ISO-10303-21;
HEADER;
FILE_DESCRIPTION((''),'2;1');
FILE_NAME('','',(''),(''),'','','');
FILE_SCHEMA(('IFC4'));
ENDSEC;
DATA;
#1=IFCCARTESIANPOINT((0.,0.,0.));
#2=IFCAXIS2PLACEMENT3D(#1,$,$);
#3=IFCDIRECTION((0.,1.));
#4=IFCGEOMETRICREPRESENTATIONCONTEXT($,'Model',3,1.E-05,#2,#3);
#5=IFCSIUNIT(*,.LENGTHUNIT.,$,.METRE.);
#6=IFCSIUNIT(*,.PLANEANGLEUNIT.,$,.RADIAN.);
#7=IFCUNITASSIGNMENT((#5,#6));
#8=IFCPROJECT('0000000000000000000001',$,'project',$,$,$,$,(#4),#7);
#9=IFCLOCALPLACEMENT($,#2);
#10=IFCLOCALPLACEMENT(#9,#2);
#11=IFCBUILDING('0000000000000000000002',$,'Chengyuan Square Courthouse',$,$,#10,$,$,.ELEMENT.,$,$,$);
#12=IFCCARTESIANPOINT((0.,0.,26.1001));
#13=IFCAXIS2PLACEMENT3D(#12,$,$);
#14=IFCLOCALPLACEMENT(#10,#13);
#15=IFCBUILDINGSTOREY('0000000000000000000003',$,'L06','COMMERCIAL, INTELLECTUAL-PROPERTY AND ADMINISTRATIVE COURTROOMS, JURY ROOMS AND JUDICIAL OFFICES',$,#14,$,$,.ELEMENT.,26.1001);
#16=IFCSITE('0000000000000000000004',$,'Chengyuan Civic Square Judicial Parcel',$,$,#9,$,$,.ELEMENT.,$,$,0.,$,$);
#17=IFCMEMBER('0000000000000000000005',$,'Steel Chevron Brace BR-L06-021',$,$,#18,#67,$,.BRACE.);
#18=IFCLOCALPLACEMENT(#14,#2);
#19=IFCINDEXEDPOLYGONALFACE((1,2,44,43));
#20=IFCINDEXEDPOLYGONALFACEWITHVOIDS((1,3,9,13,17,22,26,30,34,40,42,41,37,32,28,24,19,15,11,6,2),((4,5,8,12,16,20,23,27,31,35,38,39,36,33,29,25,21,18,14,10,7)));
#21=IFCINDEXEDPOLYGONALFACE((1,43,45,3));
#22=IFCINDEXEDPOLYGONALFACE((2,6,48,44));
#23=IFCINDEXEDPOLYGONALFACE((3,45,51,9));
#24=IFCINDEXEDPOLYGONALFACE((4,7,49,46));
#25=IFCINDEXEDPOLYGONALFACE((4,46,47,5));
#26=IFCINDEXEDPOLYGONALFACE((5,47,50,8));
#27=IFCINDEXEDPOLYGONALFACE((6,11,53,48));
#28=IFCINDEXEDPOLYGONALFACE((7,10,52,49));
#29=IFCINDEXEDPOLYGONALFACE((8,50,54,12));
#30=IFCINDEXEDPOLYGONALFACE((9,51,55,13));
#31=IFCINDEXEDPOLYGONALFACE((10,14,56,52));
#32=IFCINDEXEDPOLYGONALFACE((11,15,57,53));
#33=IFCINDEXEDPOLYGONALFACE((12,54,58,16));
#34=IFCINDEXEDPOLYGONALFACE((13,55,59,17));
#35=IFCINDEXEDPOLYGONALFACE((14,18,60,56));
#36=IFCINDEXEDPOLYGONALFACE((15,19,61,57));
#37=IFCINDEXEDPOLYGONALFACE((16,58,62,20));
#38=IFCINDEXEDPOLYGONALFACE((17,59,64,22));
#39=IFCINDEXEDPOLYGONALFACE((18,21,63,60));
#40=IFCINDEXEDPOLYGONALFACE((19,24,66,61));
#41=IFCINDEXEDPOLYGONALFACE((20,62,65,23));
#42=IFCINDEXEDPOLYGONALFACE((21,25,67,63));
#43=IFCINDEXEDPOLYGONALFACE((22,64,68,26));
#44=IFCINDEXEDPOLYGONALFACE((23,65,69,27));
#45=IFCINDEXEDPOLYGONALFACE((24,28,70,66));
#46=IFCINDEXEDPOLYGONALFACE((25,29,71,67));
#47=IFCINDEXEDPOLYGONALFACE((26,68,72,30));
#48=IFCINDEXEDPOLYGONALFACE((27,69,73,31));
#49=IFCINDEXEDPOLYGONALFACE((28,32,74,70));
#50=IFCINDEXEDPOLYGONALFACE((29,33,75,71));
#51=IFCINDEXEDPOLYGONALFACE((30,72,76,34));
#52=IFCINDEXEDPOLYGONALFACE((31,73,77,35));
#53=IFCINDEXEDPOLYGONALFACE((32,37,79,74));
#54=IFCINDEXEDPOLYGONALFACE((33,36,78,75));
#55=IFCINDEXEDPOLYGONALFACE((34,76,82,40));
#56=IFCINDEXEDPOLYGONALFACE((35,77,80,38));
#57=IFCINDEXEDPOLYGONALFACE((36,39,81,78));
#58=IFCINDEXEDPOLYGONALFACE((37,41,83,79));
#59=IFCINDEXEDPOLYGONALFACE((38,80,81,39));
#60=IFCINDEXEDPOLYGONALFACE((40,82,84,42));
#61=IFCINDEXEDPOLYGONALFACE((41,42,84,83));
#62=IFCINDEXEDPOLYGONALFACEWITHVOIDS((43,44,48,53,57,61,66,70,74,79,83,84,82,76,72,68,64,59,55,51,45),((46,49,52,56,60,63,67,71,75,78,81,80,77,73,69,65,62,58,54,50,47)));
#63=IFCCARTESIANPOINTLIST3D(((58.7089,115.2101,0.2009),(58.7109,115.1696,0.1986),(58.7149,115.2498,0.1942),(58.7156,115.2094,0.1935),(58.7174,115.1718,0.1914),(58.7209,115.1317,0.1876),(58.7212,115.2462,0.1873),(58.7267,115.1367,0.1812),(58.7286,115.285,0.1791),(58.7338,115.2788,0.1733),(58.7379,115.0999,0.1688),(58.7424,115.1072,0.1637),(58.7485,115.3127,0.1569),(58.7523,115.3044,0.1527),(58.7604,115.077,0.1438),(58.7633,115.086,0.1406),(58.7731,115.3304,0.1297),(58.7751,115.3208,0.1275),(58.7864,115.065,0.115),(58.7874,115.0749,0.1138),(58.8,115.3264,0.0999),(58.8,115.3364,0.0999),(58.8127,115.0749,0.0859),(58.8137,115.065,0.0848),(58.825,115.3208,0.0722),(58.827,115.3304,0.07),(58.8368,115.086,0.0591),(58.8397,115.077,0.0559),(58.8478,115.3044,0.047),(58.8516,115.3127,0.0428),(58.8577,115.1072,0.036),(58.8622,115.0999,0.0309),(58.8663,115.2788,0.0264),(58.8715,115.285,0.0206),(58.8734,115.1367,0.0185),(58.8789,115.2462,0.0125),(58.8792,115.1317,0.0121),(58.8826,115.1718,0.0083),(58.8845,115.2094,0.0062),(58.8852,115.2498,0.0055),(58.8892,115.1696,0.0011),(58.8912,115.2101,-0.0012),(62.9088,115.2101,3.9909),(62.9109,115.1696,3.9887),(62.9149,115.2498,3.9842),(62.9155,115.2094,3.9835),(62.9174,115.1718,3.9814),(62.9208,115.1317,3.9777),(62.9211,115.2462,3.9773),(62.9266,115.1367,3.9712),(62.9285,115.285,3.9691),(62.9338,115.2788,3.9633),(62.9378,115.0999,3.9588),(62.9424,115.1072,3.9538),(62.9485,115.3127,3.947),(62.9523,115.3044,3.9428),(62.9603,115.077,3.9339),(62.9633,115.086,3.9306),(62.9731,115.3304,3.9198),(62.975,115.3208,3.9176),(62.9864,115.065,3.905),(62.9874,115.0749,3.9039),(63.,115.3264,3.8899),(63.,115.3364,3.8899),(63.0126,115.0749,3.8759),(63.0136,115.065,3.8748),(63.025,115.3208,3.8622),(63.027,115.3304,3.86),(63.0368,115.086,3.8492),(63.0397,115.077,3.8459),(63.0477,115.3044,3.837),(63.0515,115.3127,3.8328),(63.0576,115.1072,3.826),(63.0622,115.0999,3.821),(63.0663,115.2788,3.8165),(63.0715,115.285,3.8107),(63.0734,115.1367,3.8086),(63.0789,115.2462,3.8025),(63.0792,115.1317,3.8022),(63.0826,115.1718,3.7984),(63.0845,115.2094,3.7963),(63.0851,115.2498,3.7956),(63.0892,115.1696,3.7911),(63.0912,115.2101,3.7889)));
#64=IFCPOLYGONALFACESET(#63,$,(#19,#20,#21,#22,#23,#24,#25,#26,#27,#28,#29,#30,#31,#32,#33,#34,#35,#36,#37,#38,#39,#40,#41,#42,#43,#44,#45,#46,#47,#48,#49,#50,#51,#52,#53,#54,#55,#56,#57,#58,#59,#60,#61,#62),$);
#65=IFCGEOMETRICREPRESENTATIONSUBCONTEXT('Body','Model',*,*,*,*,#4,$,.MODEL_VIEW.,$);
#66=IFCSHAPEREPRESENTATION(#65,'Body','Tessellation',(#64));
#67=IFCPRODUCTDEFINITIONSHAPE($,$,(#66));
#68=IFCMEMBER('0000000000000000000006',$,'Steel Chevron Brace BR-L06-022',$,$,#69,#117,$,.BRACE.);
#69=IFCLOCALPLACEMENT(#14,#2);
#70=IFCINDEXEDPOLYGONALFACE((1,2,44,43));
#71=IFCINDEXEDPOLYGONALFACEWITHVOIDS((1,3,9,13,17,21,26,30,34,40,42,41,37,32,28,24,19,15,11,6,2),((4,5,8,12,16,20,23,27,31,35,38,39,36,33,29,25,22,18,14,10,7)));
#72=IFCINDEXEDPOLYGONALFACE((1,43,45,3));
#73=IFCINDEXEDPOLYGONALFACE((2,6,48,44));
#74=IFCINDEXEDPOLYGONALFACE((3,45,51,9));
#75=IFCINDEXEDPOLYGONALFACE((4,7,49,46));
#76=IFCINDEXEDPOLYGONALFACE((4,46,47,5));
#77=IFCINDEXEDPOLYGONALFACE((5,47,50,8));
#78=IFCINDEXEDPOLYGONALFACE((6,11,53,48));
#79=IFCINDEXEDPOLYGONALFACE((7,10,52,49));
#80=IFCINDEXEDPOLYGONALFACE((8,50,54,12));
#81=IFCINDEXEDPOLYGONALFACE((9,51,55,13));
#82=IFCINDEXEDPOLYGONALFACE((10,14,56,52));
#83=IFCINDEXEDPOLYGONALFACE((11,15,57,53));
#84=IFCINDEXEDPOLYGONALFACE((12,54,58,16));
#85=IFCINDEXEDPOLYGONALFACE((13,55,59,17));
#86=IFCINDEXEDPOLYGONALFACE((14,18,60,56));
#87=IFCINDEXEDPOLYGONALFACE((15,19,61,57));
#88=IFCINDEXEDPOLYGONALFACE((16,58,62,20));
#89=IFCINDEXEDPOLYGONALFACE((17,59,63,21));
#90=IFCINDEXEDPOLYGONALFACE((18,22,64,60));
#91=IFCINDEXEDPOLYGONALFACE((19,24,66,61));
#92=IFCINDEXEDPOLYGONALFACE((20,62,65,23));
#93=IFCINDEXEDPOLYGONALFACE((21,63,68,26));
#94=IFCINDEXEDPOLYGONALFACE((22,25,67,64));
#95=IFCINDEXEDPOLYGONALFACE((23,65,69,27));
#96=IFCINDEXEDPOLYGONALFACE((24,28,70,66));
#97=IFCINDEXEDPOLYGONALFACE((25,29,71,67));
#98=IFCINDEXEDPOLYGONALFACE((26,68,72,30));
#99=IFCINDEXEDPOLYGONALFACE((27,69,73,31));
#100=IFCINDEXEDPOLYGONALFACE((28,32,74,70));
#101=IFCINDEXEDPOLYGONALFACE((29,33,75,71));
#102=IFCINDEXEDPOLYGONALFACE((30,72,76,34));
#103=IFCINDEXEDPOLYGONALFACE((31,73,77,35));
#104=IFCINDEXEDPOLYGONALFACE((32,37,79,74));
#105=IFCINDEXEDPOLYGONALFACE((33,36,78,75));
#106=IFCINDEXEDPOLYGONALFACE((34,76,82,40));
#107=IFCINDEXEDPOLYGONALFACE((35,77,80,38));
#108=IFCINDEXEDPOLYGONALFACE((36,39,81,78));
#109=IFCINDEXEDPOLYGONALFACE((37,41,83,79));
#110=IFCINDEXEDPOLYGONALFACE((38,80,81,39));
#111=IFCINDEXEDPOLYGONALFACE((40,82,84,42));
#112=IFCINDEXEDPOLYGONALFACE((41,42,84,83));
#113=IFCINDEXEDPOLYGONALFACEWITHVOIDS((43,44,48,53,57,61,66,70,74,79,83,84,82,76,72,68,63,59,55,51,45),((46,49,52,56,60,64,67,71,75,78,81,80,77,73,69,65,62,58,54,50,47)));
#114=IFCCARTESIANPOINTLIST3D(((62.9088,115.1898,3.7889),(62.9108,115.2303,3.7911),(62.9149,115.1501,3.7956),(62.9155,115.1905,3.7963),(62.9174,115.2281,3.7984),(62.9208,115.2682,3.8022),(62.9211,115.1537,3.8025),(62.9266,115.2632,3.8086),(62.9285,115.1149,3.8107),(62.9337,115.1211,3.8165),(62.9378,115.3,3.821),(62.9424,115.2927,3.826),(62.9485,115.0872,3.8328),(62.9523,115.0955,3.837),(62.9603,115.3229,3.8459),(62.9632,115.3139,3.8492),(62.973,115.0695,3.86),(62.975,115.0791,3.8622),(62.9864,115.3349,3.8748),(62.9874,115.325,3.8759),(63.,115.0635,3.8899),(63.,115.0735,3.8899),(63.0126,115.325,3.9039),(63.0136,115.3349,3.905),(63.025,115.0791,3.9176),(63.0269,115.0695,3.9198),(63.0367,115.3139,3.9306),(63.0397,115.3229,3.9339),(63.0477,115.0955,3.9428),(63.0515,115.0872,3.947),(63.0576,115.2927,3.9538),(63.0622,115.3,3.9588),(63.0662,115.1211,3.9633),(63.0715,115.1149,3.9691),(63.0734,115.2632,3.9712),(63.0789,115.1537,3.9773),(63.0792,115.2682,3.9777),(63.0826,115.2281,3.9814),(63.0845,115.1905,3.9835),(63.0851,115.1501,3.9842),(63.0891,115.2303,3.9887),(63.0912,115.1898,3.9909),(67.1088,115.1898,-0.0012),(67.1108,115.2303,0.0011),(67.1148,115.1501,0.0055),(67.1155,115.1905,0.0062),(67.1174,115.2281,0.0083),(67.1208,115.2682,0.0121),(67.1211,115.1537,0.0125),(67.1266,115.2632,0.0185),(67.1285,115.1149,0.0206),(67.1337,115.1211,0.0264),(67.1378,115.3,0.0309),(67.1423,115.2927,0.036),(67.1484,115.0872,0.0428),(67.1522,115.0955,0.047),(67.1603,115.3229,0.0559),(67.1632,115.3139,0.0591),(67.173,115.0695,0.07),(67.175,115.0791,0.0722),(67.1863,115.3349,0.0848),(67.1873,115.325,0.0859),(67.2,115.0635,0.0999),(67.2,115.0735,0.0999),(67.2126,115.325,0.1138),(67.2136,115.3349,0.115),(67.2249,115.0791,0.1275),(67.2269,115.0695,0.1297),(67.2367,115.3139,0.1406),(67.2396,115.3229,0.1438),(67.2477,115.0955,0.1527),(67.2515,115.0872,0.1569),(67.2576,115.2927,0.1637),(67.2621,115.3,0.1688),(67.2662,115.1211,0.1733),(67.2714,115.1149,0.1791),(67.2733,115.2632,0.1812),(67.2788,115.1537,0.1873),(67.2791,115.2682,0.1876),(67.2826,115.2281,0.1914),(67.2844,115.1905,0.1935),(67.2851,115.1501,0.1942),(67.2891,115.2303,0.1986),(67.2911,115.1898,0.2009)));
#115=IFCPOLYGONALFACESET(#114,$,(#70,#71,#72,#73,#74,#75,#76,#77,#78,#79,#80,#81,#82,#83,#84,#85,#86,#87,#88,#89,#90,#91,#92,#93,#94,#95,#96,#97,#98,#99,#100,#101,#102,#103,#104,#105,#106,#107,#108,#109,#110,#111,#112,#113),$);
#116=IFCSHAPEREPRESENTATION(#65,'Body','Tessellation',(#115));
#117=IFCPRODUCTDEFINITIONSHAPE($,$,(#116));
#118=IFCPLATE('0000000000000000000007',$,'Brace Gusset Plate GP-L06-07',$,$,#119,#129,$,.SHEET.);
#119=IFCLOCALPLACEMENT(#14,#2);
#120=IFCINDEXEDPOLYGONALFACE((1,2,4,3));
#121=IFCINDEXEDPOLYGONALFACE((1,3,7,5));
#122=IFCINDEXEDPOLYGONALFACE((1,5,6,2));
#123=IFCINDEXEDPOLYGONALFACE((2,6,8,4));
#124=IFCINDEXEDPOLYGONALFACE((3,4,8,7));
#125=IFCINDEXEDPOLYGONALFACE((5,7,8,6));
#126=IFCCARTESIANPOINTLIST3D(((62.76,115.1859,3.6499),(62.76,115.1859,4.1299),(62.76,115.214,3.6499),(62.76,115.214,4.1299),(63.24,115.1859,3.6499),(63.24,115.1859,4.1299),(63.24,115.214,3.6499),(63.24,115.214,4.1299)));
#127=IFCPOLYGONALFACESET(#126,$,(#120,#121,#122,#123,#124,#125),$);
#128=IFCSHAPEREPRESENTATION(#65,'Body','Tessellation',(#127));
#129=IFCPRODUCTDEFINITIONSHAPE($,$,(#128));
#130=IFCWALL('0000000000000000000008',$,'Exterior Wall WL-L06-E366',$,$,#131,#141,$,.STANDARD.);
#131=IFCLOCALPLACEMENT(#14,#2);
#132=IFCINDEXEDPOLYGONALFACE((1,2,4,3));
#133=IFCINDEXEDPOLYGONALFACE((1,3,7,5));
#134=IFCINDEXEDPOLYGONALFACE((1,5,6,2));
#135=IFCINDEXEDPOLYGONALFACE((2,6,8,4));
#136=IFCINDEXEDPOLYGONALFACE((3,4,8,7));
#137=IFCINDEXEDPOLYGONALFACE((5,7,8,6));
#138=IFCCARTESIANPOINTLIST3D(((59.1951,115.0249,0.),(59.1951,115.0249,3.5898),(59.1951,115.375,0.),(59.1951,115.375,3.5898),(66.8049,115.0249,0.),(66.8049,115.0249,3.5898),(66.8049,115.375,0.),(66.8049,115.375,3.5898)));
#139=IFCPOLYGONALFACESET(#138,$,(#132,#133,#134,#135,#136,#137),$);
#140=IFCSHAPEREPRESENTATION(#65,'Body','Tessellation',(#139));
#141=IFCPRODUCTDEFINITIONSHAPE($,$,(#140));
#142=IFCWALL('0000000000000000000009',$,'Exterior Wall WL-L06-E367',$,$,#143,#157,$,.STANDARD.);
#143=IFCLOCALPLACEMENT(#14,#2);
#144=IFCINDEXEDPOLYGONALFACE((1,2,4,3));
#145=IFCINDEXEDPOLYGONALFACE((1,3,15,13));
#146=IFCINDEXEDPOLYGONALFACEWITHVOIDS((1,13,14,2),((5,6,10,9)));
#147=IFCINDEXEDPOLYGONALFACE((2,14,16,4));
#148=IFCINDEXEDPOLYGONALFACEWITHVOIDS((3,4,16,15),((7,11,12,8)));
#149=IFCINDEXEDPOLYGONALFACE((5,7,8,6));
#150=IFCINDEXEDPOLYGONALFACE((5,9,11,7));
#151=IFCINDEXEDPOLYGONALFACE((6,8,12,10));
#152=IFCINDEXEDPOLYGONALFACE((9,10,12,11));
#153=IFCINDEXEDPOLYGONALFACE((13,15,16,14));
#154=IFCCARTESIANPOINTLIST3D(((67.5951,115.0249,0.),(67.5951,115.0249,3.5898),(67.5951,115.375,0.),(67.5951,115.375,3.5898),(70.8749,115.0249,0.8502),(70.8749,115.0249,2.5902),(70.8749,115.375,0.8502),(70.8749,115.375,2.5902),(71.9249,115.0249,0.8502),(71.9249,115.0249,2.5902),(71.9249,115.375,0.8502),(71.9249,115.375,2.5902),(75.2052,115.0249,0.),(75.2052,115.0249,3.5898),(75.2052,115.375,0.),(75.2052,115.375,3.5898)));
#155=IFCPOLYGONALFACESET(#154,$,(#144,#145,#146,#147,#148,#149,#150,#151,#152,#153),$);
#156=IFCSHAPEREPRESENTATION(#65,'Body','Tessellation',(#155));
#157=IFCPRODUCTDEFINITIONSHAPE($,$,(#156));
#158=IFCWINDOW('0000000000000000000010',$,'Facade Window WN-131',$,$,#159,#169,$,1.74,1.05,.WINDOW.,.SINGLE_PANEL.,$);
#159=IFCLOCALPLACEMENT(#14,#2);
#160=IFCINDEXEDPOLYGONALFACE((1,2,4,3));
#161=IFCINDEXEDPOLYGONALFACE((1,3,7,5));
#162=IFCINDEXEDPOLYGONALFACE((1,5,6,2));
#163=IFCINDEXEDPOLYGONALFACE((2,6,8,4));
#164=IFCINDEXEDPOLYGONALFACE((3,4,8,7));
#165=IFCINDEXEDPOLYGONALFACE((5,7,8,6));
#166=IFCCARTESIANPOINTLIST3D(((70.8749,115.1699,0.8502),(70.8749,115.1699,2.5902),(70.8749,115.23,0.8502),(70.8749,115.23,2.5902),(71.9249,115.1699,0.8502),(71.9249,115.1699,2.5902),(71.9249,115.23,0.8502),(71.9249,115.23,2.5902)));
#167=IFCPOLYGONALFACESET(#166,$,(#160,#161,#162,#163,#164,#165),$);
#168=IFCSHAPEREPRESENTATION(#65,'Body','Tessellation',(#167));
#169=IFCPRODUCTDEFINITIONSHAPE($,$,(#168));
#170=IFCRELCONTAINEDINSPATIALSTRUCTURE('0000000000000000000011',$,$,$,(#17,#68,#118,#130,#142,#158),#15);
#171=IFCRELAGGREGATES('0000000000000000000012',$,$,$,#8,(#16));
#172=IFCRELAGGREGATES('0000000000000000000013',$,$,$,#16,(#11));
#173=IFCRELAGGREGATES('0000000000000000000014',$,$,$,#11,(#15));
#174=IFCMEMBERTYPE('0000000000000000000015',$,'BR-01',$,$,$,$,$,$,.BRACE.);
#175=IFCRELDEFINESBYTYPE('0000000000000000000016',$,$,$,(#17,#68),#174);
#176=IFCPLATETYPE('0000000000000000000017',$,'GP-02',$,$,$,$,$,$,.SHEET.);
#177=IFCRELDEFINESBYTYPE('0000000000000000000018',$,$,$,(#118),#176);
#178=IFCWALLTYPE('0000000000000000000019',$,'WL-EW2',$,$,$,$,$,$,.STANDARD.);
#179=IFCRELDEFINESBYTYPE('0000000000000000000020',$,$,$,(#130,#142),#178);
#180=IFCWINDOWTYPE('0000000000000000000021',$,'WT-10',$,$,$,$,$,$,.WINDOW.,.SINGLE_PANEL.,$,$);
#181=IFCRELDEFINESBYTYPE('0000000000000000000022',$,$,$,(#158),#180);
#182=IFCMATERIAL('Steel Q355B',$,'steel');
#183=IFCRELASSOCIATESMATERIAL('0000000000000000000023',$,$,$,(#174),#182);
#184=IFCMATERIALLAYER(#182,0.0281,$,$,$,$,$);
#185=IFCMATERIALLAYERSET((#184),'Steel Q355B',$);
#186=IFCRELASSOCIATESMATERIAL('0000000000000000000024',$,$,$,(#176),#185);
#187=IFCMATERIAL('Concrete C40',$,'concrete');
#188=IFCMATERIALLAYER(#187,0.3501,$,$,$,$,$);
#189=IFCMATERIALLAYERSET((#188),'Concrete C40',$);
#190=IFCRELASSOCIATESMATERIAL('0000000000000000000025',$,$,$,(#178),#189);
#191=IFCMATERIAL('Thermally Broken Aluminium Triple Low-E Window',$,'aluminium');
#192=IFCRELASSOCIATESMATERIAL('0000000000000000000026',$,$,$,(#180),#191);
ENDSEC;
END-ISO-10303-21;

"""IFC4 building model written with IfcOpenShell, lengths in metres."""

from ifc_helpers import new_model, si_unit, direction, frame, frame_2d, origin, origin_2d, place, context, subcontext, project, spatial, rectangle, hollow_circle, extrude, material, layer, layer_set, material_profile, profile_set, type_object, element, fill, save


model = new_model("IFC4")

# Units and contexts
model_context = context("Model", 3, precision=1e-05, world=origin(), true_north=direction((0.0, 1.0)))
body_context = subcontext(model_context, "Body", "Model", "MODEL_VIEW")
ifc_project = project(units=[si_unit("LENGTHUNIT", "METRE"), si_unit("PLANEANGLEUNIT", "RADIAN")], contexts=[model_context])

# Site, building, storey
site_placement = place(None, origin())
site = spatial("IfcSite", under=ifc_project, at=site_placement, Name="Chengyuan Civic Square Judicial Parcel", CompositionType="ELEMENT", RefElevation=0.0)
building_placement = place(site_placement, origin())
building = spatial("IfcBuilding", under=site, at=building_placement, Name="Chengyuan Square Courthouse", CompositionType="ELEMENT")
storey_placement = place(building_placement, frame((0.0, 0.0, 26.1001)))
storey = spatial("IfcBuildingStorey", under=building, at=storey_placement, Name="L06", Description="COMMERCIAL, INTELLECTUAL-PROPERTY AND ADMINISTRATIVE COURTROOMS, JURY ROOMS AND JUDICIAL OFFICES", CompositionType="ELEMENT", Elevation=26.1001)

# Shared definitions
ifc_material_1 = material(Name="Concrete C40", Category="concrete")
ifc_material_2 = material(Name="Steel Q355B", Category="steel")

# Members
ifc_material_profile_1 = material_profile(ifc_material_2, hollow_circle(Radius=0.1365, WallThickness=0.01, at=origin_2d()), Name="CHS 273x10")
ifc_profile_set_1 = profile_set([ifc_material_profile_1], Name="Steel Q355B")
member_type = type_object("IfcMemberType", Name="BR-01", PredefinedType="BRACE", material=ifc_profile_set_1)
for number, where, z_axis, x_axis, name in (
    (1, (58.8, 115.2, 0.0999), (0.742407, 0.0, 0.669949), (0.0, 1.0, 0.0), "Steel Chevron Brace BR-L06-021"),
    (2, (67.2, 115.2, 0.0999), (-0.742407, 0.0, 0.669949), (0.0, -1.0, 0.0), "Steel Chevron Brace BR-L06-022"),
):
    element("IfcMember", number, at=place(storey_placement, frame(where, z_axis=z_axis, x_axis=x_axis)), inside=storey, type_object=member_type, Name=name, PredefinedType="BRACE", context=body_context, shape_type="SweptSolid", body=[
        extrude(hollow_circle(Radius=0.1365, WallThickness=0.01, at=origin_2d()), origin(), (0.0, 0.0, 1.0), 5.6572),
    ])

# Plate
ifc_layer_1 = layer(ifc_material_2, 0.0281)
ifc_layer_set_1 = layer_set([ifc_layer_1], Name="Steel Q355B")
plate_type = type_object("IfcPlateType", Name="GP-02", PredefinedType="SHEET", material=ifc_layer_set_1)
plate_placement = place(storey_placement, frame((63.0, 115.2, 3.6499), z_axis=(0.0, 0.0, 1.0), x_axis=(1.0, 0.0, 0.0)))
element("IfcPlate", 3, at=plate_placement, inside=storey, type_object=plate_type, Name="Brace Gusset Plate GP-L06-07", PredefinedType="SHEET", context=body_context, shape_type="SweptSolid", body=[
    extrude(rectangle(XDim=0.48, YDim=0.0281, at=origin_2d()), origin(), (0.0, 0.0, 1.0), 0.48),
])

# Wall
ifc_layer_2 = layer(ifc_material_1, 0.3501)
ifc_layer_set_2 = layer_set([ifc_layer_2], Name="Concrete C40")
wall_type_1 = type_object("IfcWallType", Name="WL-EW2", PredefinedType="STANDARD", material=ifc_layer_set_2)
wall_1_placement = place(storey_placement, frame((59.1951, 115.2, 0.0), z_axis=(0.0, 0.0, 1.0), x_axis=(1.0, 0.0, 0.0)))
element("IfcWall", 4, at=wall_1_placement, inside=storey, type_object=wall_type_1, Name="Exterior Wall WL-L06-E366", PredefinedType="STANDARD", context=body_context, shape_type="SweptSolid", body=[
    extrude(rectangle(XDim=7.6099, YDim=0.3501, at=frame_2d((3.8049, 0.0))), origin(), (0.0, 0.0, 1.0), 3.5898),
])

# Wall, opening, window
wall_2_placement = place(storey_placement, frame((67.595, 115.2, 0.0), z_axis=(0.0, 0.0, 1.0), x_axis=(1.0, 0.0, 0.0)))
wall_2 = element("IfcWall", 5, at=wall_2_placement, inside=storey, type_object=wall_type_1, Name="Exterior Wall WL-L06-E367", PredefinedType="STANDARD", context=body_context, shape_type="SweptSolid", body=[
    extrude(rectangle(XDim=7.6101, YDim=0.3501, at=frame_2d((3.8052, 0.0))), origin(), (0.0, 0.0, 1.0), 3.5898),
])
opening_1_placement = place(wall_2_placement, frame((3.28, 0.0, 0.8501)))
opening_1 = element("IfcOpeningElement", 6, at=opening_1_placement, cuts=wall_2, PredefinedType="OPENING", context=body_context, shape_type="SweptSolid", body=[
    extrude(rectangle(XDim=1.05, YDim=1.74, at=frame_2d((0.5249, 0.8701))), frame((0.0, 0.187, 0.0), z_axis=(0.0, -1.0, 0.0), x_axis=(1.0, 0.0, 0.0)), (0.0, 0.0, 1.0), 0.374),
])
ifc_material_3 = material(Name="Thermally Broken Aluminium Triple Low-E Window", Category="aluminium")
window_type = type_object("IfcWindowType", Name="WT-10", PartitioningType="SINGLE_PANEL", PredefinedType="WINDOW", material=ifc_material_3)
window_placement = place(opening_1_placement, origin())
window = element("IfcWindow", 7, at=window_placement, inside=storey, type_object=window_type, Name="Facade Window WN-131", OverallHeight=1.74, OverallWidth=1.05, PartitioningType="SINGLE_PANEL", PredefinedType="WINDOW", context=body_context, shape_type="SweptSolid", body=[
    extrude(rectangle(XDim=1.05, YDim=1.74, at=frame_2d((0.5249, 0.8701))), frame((0.0, 0.03, 0.0), z_axis=(0.0, -1.0, 0.0), x_axis=(1.0, 0.0, 0.0)), (0.0, 0.0, 1.0), 0.0601),
])
fill(opening_1, window)

save(model, "model.ifc")
